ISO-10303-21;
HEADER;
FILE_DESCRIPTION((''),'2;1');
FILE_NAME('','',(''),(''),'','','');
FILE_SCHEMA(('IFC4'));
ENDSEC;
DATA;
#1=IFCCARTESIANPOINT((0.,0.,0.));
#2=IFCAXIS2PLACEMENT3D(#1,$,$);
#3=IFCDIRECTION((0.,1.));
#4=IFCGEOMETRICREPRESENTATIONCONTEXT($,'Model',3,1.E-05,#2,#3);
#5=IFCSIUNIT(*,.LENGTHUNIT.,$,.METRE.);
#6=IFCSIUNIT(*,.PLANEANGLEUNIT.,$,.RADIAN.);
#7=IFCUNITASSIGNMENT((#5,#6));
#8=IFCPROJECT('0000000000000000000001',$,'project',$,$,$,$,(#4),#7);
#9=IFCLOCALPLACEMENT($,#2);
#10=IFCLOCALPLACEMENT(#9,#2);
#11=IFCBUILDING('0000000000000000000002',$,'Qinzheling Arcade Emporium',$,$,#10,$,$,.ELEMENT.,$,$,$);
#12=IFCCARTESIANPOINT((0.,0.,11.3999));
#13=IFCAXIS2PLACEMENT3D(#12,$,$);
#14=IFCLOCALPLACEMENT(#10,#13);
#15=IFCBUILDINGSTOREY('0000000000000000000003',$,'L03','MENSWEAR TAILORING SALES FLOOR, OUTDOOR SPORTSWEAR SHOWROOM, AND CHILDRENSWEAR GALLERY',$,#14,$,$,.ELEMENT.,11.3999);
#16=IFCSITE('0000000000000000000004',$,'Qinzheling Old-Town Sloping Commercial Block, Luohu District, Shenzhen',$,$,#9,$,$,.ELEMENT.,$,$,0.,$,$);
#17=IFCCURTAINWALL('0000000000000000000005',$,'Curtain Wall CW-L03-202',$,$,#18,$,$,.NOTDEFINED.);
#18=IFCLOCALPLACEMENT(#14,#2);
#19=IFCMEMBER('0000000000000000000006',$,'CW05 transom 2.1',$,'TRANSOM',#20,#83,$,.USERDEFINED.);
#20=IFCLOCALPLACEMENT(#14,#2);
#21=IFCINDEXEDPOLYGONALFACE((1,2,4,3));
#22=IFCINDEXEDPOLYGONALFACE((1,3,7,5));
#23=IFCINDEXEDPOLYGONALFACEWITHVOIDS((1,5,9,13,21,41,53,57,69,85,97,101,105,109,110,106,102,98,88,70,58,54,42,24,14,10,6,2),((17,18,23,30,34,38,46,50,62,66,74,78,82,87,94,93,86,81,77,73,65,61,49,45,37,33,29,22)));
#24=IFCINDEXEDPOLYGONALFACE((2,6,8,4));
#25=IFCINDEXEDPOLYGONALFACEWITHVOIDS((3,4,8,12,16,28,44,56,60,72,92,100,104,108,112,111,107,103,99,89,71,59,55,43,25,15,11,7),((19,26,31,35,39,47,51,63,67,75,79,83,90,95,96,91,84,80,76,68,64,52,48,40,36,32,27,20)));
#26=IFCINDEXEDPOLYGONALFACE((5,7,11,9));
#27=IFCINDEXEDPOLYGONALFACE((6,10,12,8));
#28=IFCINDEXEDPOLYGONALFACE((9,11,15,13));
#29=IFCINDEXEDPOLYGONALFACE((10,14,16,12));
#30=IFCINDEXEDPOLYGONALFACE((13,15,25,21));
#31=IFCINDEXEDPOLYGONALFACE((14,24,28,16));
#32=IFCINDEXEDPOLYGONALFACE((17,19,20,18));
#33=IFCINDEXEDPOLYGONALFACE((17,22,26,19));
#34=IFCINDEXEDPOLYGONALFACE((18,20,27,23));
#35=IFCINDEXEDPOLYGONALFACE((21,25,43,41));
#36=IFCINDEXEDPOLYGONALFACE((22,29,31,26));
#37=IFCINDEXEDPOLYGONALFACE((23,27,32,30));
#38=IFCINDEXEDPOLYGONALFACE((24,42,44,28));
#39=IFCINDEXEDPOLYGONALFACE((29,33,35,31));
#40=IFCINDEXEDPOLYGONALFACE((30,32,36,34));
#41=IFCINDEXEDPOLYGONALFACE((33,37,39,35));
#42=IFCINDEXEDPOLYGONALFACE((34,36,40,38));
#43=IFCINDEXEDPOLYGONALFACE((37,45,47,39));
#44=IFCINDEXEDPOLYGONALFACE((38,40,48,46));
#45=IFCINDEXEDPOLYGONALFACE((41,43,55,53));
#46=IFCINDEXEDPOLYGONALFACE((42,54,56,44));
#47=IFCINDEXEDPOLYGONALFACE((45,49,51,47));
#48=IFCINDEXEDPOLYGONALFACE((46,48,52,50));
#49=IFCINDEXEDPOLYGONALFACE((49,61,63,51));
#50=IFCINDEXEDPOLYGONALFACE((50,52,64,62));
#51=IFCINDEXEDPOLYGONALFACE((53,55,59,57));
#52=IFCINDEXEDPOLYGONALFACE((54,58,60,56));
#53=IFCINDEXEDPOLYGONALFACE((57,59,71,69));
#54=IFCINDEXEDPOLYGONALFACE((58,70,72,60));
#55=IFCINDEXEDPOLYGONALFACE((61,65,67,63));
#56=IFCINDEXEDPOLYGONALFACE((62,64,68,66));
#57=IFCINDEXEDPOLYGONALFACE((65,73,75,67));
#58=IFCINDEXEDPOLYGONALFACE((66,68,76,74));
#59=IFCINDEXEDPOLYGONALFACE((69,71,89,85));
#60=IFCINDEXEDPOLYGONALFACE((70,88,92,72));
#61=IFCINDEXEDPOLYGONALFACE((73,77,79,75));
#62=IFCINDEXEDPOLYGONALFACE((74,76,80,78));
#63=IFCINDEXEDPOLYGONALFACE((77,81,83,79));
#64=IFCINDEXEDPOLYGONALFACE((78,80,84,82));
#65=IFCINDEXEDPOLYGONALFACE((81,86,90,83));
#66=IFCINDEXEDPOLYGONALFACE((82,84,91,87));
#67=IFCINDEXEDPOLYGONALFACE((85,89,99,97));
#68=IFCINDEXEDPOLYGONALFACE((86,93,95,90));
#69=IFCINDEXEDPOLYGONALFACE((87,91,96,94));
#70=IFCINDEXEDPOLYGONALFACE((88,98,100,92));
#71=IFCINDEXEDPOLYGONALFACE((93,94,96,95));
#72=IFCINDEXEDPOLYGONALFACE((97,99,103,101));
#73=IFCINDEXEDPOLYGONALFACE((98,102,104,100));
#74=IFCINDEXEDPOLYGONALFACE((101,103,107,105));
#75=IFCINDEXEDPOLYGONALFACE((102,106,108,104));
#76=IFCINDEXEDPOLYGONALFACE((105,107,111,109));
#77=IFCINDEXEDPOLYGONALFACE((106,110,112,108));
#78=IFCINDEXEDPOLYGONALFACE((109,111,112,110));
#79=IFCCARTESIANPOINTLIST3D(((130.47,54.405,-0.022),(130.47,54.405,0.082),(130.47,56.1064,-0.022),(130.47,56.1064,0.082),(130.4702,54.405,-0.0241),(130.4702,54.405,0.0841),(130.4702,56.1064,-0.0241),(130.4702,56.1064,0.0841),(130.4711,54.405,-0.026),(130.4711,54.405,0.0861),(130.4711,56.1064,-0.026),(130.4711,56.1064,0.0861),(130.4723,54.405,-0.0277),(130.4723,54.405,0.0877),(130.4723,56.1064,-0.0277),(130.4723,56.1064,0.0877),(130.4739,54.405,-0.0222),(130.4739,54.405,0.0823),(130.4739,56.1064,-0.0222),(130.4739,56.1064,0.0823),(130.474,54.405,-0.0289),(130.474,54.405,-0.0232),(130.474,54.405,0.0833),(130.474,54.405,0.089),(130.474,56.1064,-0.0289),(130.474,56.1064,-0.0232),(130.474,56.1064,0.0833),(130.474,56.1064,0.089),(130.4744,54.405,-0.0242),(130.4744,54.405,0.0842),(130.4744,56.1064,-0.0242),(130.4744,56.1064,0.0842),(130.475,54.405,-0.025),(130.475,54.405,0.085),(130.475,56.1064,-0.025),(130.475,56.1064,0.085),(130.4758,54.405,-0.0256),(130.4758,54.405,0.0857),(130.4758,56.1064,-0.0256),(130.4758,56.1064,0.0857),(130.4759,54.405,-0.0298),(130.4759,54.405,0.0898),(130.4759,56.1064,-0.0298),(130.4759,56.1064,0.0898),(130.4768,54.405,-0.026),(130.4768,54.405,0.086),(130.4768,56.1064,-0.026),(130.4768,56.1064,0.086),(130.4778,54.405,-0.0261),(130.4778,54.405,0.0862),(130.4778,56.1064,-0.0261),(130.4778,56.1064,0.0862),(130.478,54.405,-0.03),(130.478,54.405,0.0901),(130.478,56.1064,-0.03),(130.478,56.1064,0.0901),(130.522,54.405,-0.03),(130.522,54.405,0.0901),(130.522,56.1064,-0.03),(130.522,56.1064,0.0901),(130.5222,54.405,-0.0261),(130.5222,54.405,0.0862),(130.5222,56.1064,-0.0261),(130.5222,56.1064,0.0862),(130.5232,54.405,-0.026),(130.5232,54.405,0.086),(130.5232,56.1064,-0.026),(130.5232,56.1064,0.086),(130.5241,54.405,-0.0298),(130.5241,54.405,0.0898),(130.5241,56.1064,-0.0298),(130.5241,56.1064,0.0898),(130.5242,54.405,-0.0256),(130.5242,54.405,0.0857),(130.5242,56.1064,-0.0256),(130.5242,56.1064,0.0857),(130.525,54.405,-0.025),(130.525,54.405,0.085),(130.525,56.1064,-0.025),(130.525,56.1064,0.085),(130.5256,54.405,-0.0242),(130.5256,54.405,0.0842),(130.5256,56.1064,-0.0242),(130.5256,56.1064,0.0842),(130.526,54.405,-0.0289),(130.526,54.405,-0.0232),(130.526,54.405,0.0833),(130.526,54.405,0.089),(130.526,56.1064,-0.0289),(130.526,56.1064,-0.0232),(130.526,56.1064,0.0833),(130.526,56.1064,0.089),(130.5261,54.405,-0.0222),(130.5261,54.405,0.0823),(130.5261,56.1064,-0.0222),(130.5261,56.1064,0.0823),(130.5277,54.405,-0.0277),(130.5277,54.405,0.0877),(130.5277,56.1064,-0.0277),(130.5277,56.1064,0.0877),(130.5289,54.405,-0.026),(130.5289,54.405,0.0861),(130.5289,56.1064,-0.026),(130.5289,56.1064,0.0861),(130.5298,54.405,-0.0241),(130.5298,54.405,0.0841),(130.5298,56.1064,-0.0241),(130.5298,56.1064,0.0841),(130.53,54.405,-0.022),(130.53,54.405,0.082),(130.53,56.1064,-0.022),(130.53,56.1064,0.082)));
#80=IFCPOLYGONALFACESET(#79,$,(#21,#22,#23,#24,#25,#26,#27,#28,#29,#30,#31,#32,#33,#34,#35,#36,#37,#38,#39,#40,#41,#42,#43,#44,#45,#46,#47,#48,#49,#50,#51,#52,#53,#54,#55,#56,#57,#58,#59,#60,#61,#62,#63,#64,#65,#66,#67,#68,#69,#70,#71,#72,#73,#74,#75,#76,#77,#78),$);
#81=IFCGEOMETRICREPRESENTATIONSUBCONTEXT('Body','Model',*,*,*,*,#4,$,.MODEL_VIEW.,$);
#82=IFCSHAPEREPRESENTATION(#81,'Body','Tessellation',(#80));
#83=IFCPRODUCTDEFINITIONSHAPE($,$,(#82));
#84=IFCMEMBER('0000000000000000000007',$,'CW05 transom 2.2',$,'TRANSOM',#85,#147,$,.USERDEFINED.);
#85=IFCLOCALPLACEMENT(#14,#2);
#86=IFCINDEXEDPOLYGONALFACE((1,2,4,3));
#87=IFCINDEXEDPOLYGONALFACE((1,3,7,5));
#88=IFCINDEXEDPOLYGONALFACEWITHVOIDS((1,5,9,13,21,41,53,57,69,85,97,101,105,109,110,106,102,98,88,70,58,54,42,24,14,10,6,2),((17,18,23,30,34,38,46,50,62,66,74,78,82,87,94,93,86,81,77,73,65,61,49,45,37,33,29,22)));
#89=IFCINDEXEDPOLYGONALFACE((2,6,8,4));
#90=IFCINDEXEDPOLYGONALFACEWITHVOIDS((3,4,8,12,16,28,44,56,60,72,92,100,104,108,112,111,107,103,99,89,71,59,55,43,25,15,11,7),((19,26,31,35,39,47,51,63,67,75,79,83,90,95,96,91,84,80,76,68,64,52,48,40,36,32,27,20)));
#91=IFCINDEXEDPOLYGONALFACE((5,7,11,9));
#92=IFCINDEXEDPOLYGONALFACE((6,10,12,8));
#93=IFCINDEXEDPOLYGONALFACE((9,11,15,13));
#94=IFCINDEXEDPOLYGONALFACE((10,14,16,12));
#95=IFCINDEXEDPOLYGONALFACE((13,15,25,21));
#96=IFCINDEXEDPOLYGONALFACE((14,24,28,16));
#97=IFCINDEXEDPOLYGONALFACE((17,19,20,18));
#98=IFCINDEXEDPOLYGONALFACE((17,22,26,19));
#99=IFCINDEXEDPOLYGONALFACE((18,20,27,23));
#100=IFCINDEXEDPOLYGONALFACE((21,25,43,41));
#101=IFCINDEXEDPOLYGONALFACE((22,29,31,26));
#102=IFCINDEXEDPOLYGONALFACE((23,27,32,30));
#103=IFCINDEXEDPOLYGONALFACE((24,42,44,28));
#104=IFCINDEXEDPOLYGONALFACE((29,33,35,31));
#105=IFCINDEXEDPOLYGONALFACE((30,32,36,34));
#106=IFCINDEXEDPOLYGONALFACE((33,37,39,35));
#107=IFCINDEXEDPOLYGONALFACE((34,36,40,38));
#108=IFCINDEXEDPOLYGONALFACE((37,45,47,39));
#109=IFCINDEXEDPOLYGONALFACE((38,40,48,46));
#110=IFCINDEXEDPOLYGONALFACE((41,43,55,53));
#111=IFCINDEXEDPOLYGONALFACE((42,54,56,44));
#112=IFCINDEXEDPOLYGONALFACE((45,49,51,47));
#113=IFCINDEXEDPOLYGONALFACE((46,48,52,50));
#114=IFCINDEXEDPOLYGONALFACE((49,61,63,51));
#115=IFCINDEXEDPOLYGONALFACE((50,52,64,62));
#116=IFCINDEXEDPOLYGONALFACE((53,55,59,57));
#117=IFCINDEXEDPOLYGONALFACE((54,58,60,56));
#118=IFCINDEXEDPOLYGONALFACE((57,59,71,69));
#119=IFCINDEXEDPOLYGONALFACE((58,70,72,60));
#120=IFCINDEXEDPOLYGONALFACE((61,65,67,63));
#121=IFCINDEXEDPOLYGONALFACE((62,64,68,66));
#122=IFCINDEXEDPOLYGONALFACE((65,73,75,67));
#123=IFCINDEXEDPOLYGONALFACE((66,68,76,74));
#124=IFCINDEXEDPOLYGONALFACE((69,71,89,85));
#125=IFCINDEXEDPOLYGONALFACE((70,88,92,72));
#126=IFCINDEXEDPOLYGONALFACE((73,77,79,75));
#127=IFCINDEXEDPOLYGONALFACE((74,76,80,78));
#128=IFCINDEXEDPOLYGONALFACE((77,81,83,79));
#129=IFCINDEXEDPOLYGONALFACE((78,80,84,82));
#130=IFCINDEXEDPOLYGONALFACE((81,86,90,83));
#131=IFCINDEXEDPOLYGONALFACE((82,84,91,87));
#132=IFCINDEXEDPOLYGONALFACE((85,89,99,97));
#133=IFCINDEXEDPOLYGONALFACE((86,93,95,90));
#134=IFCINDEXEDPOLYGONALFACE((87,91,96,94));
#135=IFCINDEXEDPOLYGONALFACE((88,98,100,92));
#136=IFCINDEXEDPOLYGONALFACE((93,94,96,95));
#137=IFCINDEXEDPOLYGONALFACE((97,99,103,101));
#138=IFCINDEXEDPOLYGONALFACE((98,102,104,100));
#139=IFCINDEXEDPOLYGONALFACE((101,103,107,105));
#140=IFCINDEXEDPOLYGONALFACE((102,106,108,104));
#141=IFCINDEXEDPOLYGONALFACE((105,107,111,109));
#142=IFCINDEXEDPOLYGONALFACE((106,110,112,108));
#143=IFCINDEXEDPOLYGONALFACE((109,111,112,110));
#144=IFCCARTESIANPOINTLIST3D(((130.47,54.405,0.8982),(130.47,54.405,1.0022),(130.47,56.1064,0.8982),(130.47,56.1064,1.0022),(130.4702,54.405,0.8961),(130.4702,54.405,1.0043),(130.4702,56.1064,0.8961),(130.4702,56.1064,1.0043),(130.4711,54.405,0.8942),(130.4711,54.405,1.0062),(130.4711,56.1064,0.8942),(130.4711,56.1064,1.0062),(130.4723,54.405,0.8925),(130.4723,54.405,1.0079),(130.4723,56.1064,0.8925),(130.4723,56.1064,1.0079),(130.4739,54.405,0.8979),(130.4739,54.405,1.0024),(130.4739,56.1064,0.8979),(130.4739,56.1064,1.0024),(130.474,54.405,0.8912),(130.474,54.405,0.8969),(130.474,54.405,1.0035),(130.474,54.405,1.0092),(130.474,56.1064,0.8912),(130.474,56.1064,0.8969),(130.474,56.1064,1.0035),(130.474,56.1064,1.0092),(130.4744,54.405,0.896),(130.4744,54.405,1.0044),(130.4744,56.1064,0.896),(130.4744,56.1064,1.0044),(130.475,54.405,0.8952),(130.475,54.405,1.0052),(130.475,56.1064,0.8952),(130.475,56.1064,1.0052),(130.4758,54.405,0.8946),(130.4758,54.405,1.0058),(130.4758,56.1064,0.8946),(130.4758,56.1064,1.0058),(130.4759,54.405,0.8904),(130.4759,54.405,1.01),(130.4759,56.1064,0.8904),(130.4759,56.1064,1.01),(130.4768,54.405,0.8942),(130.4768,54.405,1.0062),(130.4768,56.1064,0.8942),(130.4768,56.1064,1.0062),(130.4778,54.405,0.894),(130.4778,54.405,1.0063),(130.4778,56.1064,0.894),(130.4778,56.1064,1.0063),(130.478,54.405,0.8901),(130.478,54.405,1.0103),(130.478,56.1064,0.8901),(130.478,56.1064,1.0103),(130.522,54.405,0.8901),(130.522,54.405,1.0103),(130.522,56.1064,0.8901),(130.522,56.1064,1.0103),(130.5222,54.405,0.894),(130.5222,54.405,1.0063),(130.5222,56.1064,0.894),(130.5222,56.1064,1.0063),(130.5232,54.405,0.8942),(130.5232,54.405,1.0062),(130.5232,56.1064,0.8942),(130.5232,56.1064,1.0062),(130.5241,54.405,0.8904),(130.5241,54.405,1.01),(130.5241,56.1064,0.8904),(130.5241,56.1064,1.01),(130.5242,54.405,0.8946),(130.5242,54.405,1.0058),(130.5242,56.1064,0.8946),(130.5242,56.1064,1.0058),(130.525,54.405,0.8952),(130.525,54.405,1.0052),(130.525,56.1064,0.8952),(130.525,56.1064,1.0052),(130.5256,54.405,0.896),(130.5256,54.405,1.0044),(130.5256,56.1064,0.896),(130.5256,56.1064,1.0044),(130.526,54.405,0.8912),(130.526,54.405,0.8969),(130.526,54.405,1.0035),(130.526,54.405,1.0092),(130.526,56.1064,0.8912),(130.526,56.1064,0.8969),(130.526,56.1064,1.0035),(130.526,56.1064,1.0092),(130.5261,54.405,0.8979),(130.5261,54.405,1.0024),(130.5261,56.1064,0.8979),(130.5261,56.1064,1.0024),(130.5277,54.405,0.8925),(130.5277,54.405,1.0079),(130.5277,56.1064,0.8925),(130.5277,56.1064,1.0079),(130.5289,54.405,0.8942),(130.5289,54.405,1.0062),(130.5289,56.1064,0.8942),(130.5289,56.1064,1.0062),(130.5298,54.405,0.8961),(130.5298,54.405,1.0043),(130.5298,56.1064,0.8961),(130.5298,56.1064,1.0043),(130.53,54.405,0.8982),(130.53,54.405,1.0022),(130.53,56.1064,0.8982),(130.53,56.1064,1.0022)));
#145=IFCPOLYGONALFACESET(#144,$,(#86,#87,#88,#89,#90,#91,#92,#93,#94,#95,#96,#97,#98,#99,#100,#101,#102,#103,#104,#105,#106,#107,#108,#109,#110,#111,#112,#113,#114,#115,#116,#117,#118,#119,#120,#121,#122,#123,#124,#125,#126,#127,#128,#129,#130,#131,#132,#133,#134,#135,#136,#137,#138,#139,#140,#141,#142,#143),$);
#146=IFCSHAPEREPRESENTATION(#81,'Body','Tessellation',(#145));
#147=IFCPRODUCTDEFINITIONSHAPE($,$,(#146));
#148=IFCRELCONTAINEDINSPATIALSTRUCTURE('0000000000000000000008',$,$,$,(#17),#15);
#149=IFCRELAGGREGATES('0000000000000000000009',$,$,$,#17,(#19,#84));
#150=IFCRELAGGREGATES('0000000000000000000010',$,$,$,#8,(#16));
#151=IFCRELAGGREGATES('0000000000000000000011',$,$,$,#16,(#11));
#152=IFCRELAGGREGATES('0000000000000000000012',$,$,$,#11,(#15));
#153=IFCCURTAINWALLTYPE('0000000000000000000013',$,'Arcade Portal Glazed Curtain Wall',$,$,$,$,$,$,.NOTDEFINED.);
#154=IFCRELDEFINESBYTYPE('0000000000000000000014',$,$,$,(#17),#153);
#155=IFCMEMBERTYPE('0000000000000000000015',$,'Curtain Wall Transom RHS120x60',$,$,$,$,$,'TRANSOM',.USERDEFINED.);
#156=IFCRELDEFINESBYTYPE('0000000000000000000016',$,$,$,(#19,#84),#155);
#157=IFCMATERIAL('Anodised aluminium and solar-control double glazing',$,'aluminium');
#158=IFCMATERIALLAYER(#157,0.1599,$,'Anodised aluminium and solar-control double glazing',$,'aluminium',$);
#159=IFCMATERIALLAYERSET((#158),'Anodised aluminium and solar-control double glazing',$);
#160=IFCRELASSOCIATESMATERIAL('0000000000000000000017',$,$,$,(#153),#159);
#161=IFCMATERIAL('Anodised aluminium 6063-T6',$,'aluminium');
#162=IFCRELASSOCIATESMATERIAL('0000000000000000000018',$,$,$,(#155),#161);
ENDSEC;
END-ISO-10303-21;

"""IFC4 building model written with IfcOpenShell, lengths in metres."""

from ifc_helpers import new_model, si_unit, direction, frame, origin, origin_2d, place, context, subcontext, project, spatial, hollow_rectangle, extrude, material, layer, layer_set, material_profile, profile_set, type_object, element, aggregate, save


model = new_model("IFC4")

# Units and contexts
model_context = context("Model", 3, precision=1e-05, world=origin(), true_north=direction((0.0, 1.0)))
body_context = subcontext(model_context, "Body", "Model", "MODEL_VIEW")
ifc_project = project(units=[si_unit("LENGTHUNIT", "METRE"), si_unit("PLANEANGLEUNIT", "RADIAN")], contexts=[model_context])

# Site, building, storey
site_placement = place(None, origin())
site = spatial("IfcSite", under=ifc_project, at=site_placement, Name="Qinzheling Old-Town Sloping Commercial Block, Luohu District, Shenzhen", CompositionType="ELEMENT", RefElevation=0.0)
building_placement = place(site_placement, origin())
building = spatial("IfcBuilding", under=site, at=building_placement, Name="Qinzheling Arcade Emporium", CompositionType="ELEMENT")
storey_placement = place(building_placement, frame((0.0, 0.0, 11.3999)))
storey = spatial("IfcBuildingStorey", under=building, at=storey_placement, Name="L03", Description="MENSWEAR TAILORING SALES FLOOR, OUTDOOR SPORTSWEAR SHOWROOM, AND CHILDRENSWEAR GALLERY", CompositionType="ELEMENT", Elevation=11.3999)

# Shared definitions
ifc_material_1 = material(Name="Anodised aluminium and solar-control double glazing", Category="aluminium")
ifc_layer_1 = layer(ifc_material_1, 0.1599, Name="Anodised aluminium and solar-control double glazing", Category="aluminium")
ifc_layer_set_1 = layer_set([ifc_layer_1], Name="Anodised aluminium and solar-control double glazing")
curtain_wall_type = type_object("IfcCurtainWallType", Name="Arcade Portal Glazed Curtain Wall", PredefinedType="NOTDEFINED", material=ifc_layer_set_1)
ifc_material_2 = material(Name="Anodised aluminium 6063-T6", Category="aluminium")

# Curtain wall
curtain_wall_1_placement = place(storey_placement, origin())
curtain_wall_1 = element("IfcCurtainWall", 1, at=curtain_wall_1_placement, inside=storey, type_object=curtain_wall_type, Name="Curtain Wall CW-L03-202", PredefinedType="NOTDEFINED")

# Members
ifc_material_profile_1 = material_profile(ifc_material_2, hollow_rectangle(XDim=0.0601, YDim=0.1201, WallThickness=0.0039, InnerFilletRadius=0.0039, OuterFilletRadius=0.0081, at=origin_2d()), Name="RHS 120x60x4", Category="aluminium")
ifc_profile_set_1 = profile_set([ifc_material_profile_1], Name="Anodised aluminium 6063-T6")
member_type_1 = type_object("IfcMemberType", Name="Curtain Wall Transom RHS120x60", ElementType="TRANSOM", PredefinedType="USERDEFINED", material=ifc_profile_set_1)
member_1_placement = place(storey_placement, frame((130.5, 56.1064, 0.03), z_axis=(0.0, -1.0, 0.0), x_axis=(1.0, 0.0, 0.0)))
member_1 = element("IfcMember", 2, at=member_1_placement, type_object=member_type_1, Name="CW05 transom 2.1", ObjectType="TRANSOM", PredefinedType="USERDEFINED", context=body_context, shape_type="SweptSolid", body=[
    extrude(hollow_rectangle(XDim=0.0601, YDim=0.1201, WallThickness=0.0039, InnerFilletRadius=0.0039, OuterFilletRadius=0.0081, at=origin_2d()), origin(), (0.0, 0.0, 1.0), 1.7014),
])
member_2_placement = place(storey_placement, frame((130.5, 56.1064, 0.9502), z_axis=(0.0, -1.0, 0.0), x_axis=(1.0, 0.0, 0.0)))
member_2 = element("IfcMember", 3, at=member_2_placement, type_object=member_type_1, Name="CW05 transom 2.2", ObjectType="TRANSOM", PredefinedType="USERDEFINED", context=body_context, shape_type="SweptSolid", body=[
    extrude(hollow_rectangle(XDim=0.0601, YDim=0.1201, WallThickness=0.0039, InnerFilletRadius=0.0039, OuterFilletRadius=0.0081, at=origin_2d()), origin(), (0.0, 0.0, 1.0), 1.7014),
])

aggregate(curtain_wall_1, [member_1, member_2])

save(model, "model.ifc")
